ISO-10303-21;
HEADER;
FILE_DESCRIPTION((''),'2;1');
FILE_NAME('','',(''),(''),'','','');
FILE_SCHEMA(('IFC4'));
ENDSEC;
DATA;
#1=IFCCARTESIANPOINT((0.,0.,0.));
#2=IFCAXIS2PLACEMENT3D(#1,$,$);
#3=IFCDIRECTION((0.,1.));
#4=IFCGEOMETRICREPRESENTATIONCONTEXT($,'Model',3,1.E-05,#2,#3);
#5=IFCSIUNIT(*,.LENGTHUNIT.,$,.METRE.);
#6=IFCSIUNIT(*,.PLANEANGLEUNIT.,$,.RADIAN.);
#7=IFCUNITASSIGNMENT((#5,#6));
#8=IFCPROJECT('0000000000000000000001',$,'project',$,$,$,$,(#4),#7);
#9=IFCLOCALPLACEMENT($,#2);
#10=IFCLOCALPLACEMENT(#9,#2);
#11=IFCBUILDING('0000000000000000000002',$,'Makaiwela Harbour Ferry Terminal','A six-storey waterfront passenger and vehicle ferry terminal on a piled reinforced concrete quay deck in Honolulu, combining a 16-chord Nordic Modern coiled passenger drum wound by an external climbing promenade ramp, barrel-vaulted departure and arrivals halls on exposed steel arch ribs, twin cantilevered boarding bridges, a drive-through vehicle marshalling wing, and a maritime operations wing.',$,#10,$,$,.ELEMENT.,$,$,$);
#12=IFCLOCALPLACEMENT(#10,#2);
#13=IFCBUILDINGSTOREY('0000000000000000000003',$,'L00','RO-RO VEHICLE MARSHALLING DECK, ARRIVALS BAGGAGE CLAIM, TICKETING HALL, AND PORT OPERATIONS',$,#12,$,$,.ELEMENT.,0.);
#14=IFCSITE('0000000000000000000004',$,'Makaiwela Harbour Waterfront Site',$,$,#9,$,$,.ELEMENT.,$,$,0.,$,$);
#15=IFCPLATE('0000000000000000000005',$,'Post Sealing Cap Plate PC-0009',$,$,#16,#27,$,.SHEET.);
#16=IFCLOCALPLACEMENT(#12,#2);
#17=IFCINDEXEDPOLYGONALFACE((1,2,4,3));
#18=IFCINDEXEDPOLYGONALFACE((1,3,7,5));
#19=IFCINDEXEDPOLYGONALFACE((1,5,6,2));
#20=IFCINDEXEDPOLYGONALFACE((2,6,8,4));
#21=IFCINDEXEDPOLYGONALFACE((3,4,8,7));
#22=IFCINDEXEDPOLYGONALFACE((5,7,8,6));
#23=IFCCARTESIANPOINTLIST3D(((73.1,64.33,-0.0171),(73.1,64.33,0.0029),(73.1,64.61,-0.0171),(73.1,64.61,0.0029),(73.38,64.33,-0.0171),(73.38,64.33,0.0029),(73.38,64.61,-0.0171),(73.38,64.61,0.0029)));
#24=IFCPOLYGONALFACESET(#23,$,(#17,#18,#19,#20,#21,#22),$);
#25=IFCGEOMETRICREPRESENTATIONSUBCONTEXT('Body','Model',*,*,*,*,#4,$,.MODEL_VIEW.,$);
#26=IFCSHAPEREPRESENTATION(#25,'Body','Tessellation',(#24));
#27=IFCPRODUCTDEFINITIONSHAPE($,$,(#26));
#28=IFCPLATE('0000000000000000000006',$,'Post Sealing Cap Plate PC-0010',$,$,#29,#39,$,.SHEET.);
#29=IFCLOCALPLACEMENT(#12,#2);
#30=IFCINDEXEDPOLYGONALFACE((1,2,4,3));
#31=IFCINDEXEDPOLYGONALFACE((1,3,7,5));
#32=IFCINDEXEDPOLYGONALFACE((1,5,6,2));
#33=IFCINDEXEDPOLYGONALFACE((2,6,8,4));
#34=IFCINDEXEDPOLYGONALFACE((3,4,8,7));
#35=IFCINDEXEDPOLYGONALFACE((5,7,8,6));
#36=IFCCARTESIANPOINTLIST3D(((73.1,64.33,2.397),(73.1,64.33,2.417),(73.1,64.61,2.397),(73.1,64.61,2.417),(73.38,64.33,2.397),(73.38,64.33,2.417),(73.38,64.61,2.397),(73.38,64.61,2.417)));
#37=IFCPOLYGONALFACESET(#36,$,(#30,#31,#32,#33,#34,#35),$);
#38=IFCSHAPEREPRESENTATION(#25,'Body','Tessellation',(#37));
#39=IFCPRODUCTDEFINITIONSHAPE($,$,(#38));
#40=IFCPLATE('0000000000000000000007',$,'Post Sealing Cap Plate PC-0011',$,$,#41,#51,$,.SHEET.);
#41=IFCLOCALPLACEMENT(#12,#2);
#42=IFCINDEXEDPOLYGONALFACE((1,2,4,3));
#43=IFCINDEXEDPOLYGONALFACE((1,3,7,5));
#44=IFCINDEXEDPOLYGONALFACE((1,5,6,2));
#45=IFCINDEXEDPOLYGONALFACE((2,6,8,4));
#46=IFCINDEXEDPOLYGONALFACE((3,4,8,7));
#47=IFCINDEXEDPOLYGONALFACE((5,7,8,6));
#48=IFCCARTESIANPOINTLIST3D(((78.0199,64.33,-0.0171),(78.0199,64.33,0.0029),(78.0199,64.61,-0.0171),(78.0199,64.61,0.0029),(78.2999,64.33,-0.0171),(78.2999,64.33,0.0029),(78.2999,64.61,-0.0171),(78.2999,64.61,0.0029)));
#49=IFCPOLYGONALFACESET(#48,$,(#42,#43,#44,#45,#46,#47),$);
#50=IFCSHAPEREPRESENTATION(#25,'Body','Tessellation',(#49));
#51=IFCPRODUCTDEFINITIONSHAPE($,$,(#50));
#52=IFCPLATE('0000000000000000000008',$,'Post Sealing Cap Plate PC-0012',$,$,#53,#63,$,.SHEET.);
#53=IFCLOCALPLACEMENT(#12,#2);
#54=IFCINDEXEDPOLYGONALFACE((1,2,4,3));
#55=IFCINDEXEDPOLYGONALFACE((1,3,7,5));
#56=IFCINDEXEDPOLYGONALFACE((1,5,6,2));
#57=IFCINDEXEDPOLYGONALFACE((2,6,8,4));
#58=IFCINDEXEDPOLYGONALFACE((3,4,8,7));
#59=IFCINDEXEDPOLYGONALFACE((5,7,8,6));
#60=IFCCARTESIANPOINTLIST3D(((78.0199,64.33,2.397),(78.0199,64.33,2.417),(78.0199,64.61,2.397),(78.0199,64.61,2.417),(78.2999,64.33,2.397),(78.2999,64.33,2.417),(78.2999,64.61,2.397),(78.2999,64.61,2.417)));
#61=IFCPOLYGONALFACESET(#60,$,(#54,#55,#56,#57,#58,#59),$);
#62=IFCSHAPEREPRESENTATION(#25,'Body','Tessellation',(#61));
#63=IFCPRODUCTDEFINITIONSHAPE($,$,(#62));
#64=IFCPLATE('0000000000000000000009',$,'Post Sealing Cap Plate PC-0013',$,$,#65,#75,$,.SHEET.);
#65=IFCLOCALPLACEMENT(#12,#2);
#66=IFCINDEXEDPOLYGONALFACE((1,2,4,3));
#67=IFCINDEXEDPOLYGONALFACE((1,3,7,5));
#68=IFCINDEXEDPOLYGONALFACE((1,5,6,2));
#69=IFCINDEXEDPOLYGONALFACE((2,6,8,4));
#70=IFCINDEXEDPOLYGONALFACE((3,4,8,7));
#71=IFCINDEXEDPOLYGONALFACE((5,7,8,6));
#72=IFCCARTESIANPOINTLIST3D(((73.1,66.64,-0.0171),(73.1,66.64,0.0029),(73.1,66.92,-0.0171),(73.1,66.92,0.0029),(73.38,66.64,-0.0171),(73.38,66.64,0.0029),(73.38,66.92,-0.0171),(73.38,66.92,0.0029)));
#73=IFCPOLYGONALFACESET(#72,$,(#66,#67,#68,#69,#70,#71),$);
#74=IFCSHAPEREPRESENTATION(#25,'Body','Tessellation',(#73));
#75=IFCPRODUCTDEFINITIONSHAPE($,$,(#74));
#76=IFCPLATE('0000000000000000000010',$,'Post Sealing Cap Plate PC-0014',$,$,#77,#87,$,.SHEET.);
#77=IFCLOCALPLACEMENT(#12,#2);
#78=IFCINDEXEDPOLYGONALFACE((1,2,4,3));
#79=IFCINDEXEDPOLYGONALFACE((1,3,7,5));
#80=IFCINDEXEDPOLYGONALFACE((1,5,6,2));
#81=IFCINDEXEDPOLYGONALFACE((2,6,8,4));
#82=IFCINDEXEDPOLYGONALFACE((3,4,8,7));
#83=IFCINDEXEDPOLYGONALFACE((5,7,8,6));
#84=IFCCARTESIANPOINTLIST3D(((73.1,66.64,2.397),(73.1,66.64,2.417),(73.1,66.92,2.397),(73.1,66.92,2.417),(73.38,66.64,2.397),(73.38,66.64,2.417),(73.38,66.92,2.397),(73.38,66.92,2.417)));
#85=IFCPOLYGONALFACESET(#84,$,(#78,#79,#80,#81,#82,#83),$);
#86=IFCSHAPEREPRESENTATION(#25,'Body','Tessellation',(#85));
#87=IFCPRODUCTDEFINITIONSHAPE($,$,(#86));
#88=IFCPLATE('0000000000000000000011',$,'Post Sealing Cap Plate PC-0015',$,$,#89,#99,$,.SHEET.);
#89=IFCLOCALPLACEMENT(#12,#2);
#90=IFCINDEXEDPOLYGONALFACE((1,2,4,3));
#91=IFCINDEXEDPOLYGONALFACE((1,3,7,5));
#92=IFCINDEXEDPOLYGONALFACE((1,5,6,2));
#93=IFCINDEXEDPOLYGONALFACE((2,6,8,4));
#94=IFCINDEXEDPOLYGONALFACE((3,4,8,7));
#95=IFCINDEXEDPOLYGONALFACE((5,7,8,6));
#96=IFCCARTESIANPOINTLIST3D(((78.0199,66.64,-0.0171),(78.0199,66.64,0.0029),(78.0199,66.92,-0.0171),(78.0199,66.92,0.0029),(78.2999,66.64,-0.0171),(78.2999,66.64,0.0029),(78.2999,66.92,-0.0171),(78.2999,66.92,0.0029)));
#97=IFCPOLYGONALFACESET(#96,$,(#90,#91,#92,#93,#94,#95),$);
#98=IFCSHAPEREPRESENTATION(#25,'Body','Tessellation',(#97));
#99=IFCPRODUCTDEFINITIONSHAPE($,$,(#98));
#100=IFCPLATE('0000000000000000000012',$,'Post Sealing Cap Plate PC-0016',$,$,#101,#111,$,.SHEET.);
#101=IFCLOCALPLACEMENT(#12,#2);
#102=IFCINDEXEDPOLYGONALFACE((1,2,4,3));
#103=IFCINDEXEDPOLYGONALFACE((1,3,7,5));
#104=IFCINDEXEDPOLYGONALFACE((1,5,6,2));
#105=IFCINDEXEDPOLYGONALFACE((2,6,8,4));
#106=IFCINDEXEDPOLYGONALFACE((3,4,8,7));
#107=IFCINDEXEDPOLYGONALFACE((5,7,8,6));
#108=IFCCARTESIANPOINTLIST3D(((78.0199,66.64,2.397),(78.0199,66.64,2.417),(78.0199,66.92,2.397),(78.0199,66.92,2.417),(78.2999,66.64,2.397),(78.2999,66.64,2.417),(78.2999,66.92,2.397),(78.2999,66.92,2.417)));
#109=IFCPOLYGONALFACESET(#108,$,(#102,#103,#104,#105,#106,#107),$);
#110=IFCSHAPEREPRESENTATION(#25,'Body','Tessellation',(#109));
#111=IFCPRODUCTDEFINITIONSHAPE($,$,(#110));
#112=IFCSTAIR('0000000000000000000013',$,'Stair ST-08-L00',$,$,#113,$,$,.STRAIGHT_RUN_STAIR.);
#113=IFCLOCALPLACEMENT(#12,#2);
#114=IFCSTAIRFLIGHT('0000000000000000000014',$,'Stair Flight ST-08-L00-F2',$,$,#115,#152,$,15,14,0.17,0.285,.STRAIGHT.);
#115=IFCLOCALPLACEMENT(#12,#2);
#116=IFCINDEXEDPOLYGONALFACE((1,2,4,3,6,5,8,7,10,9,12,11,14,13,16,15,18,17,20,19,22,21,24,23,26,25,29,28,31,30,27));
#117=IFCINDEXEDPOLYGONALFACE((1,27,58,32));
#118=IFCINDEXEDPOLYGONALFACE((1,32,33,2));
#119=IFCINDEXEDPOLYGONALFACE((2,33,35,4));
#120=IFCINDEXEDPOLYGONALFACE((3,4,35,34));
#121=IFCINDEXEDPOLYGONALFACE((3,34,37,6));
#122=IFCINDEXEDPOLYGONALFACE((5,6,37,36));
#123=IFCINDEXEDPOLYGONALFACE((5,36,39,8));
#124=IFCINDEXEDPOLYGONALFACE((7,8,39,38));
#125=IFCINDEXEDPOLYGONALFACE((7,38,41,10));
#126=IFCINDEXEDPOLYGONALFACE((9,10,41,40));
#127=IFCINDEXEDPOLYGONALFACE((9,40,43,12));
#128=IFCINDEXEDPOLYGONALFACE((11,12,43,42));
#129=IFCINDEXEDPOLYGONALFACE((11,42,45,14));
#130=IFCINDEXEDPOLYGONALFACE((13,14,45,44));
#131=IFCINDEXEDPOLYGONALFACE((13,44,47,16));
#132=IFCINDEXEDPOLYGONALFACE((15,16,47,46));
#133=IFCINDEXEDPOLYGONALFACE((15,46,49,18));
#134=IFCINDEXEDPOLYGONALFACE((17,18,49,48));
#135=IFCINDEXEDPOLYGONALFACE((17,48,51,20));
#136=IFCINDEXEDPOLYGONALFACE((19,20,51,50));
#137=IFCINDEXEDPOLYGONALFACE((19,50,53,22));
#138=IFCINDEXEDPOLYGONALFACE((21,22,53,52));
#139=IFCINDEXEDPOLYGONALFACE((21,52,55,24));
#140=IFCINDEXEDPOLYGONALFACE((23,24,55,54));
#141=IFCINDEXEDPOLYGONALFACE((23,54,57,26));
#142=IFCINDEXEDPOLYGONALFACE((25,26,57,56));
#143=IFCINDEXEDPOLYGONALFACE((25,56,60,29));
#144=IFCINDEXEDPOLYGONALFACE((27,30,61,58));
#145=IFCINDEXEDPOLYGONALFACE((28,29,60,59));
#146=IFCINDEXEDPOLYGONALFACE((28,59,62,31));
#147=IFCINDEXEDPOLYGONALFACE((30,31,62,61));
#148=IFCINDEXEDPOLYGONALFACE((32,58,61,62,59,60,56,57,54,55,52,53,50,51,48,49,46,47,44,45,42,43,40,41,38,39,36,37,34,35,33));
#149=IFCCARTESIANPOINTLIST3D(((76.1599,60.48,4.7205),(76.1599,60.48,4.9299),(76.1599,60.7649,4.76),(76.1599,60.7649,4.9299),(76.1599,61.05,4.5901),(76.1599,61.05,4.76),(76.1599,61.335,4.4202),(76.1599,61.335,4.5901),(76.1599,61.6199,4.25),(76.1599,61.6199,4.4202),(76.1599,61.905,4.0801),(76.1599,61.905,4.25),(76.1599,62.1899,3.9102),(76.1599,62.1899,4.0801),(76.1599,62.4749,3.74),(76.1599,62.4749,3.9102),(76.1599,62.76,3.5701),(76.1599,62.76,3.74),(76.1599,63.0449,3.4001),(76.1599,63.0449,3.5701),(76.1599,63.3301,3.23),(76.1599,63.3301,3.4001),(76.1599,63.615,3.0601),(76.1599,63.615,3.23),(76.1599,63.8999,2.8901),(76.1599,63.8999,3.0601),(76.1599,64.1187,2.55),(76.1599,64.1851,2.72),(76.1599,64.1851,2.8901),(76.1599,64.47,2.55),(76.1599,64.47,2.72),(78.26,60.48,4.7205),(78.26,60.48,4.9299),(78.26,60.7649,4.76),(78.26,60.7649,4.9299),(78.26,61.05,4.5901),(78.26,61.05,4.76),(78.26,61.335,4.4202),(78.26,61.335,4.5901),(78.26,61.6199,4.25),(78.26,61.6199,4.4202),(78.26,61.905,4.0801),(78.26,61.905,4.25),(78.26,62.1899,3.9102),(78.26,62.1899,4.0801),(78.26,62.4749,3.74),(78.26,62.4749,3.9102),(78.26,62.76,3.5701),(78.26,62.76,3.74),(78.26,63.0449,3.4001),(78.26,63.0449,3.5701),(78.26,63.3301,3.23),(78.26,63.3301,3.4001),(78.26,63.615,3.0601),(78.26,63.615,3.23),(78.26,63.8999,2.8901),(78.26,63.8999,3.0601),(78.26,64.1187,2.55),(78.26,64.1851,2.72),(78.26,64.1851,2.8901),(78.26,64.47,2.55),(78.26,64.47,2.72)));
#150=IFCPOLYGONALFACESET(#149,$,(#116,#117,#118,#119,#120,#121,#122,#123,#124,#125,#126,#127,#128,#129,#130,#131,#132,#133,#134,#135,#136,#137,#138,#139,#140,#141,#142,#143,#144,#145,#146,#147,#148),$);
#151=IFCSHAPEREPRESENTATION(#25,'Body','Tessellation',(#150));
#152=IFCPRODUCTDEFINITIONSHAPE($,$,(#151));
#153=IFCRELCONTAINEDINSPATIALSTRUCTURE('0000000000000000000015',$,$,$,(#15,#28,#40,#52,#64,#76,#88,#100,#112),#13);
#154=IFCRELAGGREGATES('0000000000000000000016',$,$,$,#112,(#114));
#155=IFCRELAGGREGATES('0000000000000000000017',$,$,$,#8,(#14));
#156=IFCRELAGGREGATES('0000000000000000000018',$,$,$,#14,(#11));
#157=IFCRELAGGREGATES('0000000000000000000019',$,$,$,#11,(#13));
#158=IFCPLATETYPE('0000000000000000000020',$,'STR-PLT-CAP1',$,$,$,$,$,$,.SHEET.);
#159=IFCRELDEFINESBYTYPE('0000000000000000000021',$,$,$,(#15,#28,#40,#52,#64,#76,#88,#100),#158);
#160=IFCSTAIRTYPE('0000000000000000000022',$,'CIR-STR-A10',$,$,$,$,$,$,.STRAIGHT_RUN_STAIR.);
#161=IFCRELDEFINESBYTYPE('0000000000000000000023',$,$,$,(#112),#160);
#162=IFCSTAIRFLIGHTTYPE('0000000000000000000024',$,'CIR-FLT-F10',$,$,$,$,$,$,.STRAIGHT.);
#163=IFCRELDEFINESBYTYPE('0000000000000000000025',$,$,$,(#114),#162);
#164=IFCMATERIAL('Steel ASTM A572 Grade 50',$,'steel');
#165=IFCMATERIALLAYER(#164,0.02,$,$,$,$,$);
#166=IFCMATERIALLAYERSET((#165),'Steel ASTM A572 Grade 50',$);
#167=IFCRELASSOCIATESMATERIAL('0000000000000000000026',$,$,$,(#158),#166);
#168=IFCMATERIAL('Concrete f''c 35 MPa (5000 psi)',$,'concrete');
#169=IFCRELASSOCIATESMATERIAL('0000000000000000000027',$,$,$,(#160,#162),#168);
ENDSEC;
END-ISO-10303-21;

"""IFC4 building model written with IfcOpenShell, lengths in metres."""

from ifc_helpers import new_model, si_unit, direction, frame, origin, origin_2d, place, context, subcontext, project, spatial, polyline, rectangle, outline, extrude, material, layer, layer_set, type_object, element, aggregate, save


model = new_model("IFC4")

# Units and contexts
model_context = context("Model", 3, precision=1e-05, world=origin(), true_north=direction((0.0, 1.0)))
body_context = subcontext(model_context, "Body", "Model", "MODEL_VIEW")
ifc_project = project(units=[si_unit("LENGTHUNIT", "METRE"), si_unit("PLANEANGLEUNIT", "RADIAN")], contexts=[model_context])

# Site, building, storey
site_placement = place(None, origin())
site = spatial("IfcSite", under=ifc_project, at=site_placement, Name="Makaiwela Harbour Waterfront Site", CompositionType="ELEMENT", RefElevation=0.0)
building_placement = place(site_placement, origin())
building = spatial("IfcBuilding", under=site, at=building_placement, Name="Makaiwela Harbour Ferry Terminal", Description="A six-storey waterfront passenger and vehicle ferry terminal on a piled reinforced concrete quay deck in Honolulu, combining a 16-chord Nordic Modern coiled passenger drum wound by an external climbing promenade ramp, barrel-vaulted departure and arrivals halls on exposed steel arch ribs, twin cantilevered boarding bridges, a drive-through vehicle marshalling wing, and a maritime operations wing.", CompositionType="ELEMENT")
storey_placement = place(building_placement, origin())
storey = spatial("IfcBuildingStorey", under=building, at=storey_placement, Name="L00", Description="RO-RO VEHICLE MARSHALLING DECK, ARRIVALS BAGGAGE CLAIM, TICKETING HALL, AND PORT OPERATIONS", CompositionType="ELEMENT", Elevation=0.0)

# Plates
ifc_material_1 = material(Name="Steel ASTM A572 Grade 50", Category="steel")
ifc_layer_1 = layer(ifc_material_1, 0.02)
ifc_layer_set_1 = layer_set([ifc_layer_1], Name="Steel ASTM A572 Grade 50")
plate_type = type_object("IfcPlateType", Name="STR-PLT-CAP1", PredefinedType="SHEET", material=ifc_layer_set_1)
for number, where, z_axis, x_axis, name in (
    (1, (73.24, 64.47, -0.0171), (0.0, 0.0, 1.0), (1.0, 0.0, 0.0), "Post Sealing Cap Plate PC-0009"),
    (2, (73.24, 64.47, 2.397), (0.0, 0.0, 1.0), (1.0, 0.0, 0.0), "Post Sealing Cap Plate PC-0010"),
    (3, (78.1599, 64.47, -0.0171), (0.0, 0.0, 1.0), (1.0, 0.0, 0.0), "Post Sealing Cap Plate PC-0011"),
    (4, (78.1599, 64.47, 2.397), (0.0, 0.0, 1.0), (1.0, 0.0, 0.0), "Post Sealing Cap Plate PC-0012"),
    (5, (73.24, 66.78, -0.0171), (0.0, 0.0, 1.0), (1.0, 0.0, 0.0), "Post Sealing Cap Plate PC-0013"),
    (6, (73.24, 66.78, 2.397), (0.0, 0.0, 1.0), (1.0, 0.0, 0.0), "Post Sealing Cap Plate PC-0014"),
    (7, (78.1599, 66.78, -0.0171), (0.0, 0.0, 1.0), (1.0, 0.0, 0.0), "Post Sealing Cap Plate PC-0015"),
    (8, (78.1599, 66.78, 2.397), (0.0, 0.0, 1.0), (1.0, 0.0, 0.0), "Post Sealing Cap Plate PC-0016"),
):
    element("IfcPlate", number, at=place(storey_placement, frame(where, z_axis=z_axis, x_axis=x_axis)), inside=storey, type_object=plate_type, Name=name, PredefinedType="SHEET", context=body_context, shape_type="SweptSolid", body=[
        extrude(rectangle(XDim=0.28, YDim=0.28, at=origin_2d()), origin(), (0.0, 0.0, 1.0), 0.02),
    ])

# Stair, stair flight
ifc_material_2 = material(Name="Concrete f'c 35 MPa (5000 psi)", Category="concrete")
stair_type = type_object("IfcStairType", Name="CIR-STR-A10", PredefinedType="STRAIGHT_RUN_STAIR", material=ifc_material_2)
stair_placement = place(storey_placement, origin())
stair = element("IfcStair", 9, at=stair_placement, inside=storey, type_object=stair_type, Name="Stair ST-08-L00", PredefinedType="STRAIGHT_RUN_STAIR")
stair_flight_type = type_object("IfcStairFlightType", Name="CIR-FLT-F10", PredefinedType="STRAIGHT", material=ifc_material_2)
stair_flight_placement = place(storey_placement, frame((77.21, 64.47, 2.55), z_axis=(0.0, 0.0, 1.0), x_axis=(0.0, -1.0, 0.0)))
stair_flight = element("IfcStairFlight", 10, at=stair_flight_placement, type_object=stair_flight_type, Name="Stair Flight ST-08-L00-F2", NumberOfRisers=15, NumberOfTreads=14, PredefinedType="STRAIGHT", RiserHeight=0.17, TreadLength=0.285, context=body_context, shape_type="SweptSolid", body=[
    extrude(outline(polyline([(0.0, 0.0), (0.0, 0.1699), (0.2849, 0.1699), (0.2849, 0.3401), (0.5701, 0.3401), (0.5701, 0.51), (0.855, 0.51), (0.855, 0.6799), (1.1399, 0.6799), (1.1399, 0.8501), (1.425, 0.8501), (1.425, 1.02), (1.71, 1.02), (1.71, 1.1899), (1.9951, 1.1899), (1.9951, 1.3601), (2.28, 1.3601), (2.28, 1.53), (2.5649, 1.53), (2.5649, 1.7), (2.8501, 1.7), (2.8501, 1.8701), (3.135, 1.8701), (3.135, 2.04), (3.4199, 2.04), (3.4199, 2.21), (3.7051, 2.21), (3.7051, 2.3799), (3.99, 2.3799), (3.99, 2.55), (3.99, 2.1704), (0.3513, 0.0), (0.0, 0.0)])), frame((0.0, 1.05, 0.0), z_axis=(0.0, -1.0, 0.0), x_axis=(1.0, 0.0, 0.0)), (0.0, 0.0, 1.0), 2.1001),
])
aggregate(stair, [stair_flight])

save(model, "model.ifc")
